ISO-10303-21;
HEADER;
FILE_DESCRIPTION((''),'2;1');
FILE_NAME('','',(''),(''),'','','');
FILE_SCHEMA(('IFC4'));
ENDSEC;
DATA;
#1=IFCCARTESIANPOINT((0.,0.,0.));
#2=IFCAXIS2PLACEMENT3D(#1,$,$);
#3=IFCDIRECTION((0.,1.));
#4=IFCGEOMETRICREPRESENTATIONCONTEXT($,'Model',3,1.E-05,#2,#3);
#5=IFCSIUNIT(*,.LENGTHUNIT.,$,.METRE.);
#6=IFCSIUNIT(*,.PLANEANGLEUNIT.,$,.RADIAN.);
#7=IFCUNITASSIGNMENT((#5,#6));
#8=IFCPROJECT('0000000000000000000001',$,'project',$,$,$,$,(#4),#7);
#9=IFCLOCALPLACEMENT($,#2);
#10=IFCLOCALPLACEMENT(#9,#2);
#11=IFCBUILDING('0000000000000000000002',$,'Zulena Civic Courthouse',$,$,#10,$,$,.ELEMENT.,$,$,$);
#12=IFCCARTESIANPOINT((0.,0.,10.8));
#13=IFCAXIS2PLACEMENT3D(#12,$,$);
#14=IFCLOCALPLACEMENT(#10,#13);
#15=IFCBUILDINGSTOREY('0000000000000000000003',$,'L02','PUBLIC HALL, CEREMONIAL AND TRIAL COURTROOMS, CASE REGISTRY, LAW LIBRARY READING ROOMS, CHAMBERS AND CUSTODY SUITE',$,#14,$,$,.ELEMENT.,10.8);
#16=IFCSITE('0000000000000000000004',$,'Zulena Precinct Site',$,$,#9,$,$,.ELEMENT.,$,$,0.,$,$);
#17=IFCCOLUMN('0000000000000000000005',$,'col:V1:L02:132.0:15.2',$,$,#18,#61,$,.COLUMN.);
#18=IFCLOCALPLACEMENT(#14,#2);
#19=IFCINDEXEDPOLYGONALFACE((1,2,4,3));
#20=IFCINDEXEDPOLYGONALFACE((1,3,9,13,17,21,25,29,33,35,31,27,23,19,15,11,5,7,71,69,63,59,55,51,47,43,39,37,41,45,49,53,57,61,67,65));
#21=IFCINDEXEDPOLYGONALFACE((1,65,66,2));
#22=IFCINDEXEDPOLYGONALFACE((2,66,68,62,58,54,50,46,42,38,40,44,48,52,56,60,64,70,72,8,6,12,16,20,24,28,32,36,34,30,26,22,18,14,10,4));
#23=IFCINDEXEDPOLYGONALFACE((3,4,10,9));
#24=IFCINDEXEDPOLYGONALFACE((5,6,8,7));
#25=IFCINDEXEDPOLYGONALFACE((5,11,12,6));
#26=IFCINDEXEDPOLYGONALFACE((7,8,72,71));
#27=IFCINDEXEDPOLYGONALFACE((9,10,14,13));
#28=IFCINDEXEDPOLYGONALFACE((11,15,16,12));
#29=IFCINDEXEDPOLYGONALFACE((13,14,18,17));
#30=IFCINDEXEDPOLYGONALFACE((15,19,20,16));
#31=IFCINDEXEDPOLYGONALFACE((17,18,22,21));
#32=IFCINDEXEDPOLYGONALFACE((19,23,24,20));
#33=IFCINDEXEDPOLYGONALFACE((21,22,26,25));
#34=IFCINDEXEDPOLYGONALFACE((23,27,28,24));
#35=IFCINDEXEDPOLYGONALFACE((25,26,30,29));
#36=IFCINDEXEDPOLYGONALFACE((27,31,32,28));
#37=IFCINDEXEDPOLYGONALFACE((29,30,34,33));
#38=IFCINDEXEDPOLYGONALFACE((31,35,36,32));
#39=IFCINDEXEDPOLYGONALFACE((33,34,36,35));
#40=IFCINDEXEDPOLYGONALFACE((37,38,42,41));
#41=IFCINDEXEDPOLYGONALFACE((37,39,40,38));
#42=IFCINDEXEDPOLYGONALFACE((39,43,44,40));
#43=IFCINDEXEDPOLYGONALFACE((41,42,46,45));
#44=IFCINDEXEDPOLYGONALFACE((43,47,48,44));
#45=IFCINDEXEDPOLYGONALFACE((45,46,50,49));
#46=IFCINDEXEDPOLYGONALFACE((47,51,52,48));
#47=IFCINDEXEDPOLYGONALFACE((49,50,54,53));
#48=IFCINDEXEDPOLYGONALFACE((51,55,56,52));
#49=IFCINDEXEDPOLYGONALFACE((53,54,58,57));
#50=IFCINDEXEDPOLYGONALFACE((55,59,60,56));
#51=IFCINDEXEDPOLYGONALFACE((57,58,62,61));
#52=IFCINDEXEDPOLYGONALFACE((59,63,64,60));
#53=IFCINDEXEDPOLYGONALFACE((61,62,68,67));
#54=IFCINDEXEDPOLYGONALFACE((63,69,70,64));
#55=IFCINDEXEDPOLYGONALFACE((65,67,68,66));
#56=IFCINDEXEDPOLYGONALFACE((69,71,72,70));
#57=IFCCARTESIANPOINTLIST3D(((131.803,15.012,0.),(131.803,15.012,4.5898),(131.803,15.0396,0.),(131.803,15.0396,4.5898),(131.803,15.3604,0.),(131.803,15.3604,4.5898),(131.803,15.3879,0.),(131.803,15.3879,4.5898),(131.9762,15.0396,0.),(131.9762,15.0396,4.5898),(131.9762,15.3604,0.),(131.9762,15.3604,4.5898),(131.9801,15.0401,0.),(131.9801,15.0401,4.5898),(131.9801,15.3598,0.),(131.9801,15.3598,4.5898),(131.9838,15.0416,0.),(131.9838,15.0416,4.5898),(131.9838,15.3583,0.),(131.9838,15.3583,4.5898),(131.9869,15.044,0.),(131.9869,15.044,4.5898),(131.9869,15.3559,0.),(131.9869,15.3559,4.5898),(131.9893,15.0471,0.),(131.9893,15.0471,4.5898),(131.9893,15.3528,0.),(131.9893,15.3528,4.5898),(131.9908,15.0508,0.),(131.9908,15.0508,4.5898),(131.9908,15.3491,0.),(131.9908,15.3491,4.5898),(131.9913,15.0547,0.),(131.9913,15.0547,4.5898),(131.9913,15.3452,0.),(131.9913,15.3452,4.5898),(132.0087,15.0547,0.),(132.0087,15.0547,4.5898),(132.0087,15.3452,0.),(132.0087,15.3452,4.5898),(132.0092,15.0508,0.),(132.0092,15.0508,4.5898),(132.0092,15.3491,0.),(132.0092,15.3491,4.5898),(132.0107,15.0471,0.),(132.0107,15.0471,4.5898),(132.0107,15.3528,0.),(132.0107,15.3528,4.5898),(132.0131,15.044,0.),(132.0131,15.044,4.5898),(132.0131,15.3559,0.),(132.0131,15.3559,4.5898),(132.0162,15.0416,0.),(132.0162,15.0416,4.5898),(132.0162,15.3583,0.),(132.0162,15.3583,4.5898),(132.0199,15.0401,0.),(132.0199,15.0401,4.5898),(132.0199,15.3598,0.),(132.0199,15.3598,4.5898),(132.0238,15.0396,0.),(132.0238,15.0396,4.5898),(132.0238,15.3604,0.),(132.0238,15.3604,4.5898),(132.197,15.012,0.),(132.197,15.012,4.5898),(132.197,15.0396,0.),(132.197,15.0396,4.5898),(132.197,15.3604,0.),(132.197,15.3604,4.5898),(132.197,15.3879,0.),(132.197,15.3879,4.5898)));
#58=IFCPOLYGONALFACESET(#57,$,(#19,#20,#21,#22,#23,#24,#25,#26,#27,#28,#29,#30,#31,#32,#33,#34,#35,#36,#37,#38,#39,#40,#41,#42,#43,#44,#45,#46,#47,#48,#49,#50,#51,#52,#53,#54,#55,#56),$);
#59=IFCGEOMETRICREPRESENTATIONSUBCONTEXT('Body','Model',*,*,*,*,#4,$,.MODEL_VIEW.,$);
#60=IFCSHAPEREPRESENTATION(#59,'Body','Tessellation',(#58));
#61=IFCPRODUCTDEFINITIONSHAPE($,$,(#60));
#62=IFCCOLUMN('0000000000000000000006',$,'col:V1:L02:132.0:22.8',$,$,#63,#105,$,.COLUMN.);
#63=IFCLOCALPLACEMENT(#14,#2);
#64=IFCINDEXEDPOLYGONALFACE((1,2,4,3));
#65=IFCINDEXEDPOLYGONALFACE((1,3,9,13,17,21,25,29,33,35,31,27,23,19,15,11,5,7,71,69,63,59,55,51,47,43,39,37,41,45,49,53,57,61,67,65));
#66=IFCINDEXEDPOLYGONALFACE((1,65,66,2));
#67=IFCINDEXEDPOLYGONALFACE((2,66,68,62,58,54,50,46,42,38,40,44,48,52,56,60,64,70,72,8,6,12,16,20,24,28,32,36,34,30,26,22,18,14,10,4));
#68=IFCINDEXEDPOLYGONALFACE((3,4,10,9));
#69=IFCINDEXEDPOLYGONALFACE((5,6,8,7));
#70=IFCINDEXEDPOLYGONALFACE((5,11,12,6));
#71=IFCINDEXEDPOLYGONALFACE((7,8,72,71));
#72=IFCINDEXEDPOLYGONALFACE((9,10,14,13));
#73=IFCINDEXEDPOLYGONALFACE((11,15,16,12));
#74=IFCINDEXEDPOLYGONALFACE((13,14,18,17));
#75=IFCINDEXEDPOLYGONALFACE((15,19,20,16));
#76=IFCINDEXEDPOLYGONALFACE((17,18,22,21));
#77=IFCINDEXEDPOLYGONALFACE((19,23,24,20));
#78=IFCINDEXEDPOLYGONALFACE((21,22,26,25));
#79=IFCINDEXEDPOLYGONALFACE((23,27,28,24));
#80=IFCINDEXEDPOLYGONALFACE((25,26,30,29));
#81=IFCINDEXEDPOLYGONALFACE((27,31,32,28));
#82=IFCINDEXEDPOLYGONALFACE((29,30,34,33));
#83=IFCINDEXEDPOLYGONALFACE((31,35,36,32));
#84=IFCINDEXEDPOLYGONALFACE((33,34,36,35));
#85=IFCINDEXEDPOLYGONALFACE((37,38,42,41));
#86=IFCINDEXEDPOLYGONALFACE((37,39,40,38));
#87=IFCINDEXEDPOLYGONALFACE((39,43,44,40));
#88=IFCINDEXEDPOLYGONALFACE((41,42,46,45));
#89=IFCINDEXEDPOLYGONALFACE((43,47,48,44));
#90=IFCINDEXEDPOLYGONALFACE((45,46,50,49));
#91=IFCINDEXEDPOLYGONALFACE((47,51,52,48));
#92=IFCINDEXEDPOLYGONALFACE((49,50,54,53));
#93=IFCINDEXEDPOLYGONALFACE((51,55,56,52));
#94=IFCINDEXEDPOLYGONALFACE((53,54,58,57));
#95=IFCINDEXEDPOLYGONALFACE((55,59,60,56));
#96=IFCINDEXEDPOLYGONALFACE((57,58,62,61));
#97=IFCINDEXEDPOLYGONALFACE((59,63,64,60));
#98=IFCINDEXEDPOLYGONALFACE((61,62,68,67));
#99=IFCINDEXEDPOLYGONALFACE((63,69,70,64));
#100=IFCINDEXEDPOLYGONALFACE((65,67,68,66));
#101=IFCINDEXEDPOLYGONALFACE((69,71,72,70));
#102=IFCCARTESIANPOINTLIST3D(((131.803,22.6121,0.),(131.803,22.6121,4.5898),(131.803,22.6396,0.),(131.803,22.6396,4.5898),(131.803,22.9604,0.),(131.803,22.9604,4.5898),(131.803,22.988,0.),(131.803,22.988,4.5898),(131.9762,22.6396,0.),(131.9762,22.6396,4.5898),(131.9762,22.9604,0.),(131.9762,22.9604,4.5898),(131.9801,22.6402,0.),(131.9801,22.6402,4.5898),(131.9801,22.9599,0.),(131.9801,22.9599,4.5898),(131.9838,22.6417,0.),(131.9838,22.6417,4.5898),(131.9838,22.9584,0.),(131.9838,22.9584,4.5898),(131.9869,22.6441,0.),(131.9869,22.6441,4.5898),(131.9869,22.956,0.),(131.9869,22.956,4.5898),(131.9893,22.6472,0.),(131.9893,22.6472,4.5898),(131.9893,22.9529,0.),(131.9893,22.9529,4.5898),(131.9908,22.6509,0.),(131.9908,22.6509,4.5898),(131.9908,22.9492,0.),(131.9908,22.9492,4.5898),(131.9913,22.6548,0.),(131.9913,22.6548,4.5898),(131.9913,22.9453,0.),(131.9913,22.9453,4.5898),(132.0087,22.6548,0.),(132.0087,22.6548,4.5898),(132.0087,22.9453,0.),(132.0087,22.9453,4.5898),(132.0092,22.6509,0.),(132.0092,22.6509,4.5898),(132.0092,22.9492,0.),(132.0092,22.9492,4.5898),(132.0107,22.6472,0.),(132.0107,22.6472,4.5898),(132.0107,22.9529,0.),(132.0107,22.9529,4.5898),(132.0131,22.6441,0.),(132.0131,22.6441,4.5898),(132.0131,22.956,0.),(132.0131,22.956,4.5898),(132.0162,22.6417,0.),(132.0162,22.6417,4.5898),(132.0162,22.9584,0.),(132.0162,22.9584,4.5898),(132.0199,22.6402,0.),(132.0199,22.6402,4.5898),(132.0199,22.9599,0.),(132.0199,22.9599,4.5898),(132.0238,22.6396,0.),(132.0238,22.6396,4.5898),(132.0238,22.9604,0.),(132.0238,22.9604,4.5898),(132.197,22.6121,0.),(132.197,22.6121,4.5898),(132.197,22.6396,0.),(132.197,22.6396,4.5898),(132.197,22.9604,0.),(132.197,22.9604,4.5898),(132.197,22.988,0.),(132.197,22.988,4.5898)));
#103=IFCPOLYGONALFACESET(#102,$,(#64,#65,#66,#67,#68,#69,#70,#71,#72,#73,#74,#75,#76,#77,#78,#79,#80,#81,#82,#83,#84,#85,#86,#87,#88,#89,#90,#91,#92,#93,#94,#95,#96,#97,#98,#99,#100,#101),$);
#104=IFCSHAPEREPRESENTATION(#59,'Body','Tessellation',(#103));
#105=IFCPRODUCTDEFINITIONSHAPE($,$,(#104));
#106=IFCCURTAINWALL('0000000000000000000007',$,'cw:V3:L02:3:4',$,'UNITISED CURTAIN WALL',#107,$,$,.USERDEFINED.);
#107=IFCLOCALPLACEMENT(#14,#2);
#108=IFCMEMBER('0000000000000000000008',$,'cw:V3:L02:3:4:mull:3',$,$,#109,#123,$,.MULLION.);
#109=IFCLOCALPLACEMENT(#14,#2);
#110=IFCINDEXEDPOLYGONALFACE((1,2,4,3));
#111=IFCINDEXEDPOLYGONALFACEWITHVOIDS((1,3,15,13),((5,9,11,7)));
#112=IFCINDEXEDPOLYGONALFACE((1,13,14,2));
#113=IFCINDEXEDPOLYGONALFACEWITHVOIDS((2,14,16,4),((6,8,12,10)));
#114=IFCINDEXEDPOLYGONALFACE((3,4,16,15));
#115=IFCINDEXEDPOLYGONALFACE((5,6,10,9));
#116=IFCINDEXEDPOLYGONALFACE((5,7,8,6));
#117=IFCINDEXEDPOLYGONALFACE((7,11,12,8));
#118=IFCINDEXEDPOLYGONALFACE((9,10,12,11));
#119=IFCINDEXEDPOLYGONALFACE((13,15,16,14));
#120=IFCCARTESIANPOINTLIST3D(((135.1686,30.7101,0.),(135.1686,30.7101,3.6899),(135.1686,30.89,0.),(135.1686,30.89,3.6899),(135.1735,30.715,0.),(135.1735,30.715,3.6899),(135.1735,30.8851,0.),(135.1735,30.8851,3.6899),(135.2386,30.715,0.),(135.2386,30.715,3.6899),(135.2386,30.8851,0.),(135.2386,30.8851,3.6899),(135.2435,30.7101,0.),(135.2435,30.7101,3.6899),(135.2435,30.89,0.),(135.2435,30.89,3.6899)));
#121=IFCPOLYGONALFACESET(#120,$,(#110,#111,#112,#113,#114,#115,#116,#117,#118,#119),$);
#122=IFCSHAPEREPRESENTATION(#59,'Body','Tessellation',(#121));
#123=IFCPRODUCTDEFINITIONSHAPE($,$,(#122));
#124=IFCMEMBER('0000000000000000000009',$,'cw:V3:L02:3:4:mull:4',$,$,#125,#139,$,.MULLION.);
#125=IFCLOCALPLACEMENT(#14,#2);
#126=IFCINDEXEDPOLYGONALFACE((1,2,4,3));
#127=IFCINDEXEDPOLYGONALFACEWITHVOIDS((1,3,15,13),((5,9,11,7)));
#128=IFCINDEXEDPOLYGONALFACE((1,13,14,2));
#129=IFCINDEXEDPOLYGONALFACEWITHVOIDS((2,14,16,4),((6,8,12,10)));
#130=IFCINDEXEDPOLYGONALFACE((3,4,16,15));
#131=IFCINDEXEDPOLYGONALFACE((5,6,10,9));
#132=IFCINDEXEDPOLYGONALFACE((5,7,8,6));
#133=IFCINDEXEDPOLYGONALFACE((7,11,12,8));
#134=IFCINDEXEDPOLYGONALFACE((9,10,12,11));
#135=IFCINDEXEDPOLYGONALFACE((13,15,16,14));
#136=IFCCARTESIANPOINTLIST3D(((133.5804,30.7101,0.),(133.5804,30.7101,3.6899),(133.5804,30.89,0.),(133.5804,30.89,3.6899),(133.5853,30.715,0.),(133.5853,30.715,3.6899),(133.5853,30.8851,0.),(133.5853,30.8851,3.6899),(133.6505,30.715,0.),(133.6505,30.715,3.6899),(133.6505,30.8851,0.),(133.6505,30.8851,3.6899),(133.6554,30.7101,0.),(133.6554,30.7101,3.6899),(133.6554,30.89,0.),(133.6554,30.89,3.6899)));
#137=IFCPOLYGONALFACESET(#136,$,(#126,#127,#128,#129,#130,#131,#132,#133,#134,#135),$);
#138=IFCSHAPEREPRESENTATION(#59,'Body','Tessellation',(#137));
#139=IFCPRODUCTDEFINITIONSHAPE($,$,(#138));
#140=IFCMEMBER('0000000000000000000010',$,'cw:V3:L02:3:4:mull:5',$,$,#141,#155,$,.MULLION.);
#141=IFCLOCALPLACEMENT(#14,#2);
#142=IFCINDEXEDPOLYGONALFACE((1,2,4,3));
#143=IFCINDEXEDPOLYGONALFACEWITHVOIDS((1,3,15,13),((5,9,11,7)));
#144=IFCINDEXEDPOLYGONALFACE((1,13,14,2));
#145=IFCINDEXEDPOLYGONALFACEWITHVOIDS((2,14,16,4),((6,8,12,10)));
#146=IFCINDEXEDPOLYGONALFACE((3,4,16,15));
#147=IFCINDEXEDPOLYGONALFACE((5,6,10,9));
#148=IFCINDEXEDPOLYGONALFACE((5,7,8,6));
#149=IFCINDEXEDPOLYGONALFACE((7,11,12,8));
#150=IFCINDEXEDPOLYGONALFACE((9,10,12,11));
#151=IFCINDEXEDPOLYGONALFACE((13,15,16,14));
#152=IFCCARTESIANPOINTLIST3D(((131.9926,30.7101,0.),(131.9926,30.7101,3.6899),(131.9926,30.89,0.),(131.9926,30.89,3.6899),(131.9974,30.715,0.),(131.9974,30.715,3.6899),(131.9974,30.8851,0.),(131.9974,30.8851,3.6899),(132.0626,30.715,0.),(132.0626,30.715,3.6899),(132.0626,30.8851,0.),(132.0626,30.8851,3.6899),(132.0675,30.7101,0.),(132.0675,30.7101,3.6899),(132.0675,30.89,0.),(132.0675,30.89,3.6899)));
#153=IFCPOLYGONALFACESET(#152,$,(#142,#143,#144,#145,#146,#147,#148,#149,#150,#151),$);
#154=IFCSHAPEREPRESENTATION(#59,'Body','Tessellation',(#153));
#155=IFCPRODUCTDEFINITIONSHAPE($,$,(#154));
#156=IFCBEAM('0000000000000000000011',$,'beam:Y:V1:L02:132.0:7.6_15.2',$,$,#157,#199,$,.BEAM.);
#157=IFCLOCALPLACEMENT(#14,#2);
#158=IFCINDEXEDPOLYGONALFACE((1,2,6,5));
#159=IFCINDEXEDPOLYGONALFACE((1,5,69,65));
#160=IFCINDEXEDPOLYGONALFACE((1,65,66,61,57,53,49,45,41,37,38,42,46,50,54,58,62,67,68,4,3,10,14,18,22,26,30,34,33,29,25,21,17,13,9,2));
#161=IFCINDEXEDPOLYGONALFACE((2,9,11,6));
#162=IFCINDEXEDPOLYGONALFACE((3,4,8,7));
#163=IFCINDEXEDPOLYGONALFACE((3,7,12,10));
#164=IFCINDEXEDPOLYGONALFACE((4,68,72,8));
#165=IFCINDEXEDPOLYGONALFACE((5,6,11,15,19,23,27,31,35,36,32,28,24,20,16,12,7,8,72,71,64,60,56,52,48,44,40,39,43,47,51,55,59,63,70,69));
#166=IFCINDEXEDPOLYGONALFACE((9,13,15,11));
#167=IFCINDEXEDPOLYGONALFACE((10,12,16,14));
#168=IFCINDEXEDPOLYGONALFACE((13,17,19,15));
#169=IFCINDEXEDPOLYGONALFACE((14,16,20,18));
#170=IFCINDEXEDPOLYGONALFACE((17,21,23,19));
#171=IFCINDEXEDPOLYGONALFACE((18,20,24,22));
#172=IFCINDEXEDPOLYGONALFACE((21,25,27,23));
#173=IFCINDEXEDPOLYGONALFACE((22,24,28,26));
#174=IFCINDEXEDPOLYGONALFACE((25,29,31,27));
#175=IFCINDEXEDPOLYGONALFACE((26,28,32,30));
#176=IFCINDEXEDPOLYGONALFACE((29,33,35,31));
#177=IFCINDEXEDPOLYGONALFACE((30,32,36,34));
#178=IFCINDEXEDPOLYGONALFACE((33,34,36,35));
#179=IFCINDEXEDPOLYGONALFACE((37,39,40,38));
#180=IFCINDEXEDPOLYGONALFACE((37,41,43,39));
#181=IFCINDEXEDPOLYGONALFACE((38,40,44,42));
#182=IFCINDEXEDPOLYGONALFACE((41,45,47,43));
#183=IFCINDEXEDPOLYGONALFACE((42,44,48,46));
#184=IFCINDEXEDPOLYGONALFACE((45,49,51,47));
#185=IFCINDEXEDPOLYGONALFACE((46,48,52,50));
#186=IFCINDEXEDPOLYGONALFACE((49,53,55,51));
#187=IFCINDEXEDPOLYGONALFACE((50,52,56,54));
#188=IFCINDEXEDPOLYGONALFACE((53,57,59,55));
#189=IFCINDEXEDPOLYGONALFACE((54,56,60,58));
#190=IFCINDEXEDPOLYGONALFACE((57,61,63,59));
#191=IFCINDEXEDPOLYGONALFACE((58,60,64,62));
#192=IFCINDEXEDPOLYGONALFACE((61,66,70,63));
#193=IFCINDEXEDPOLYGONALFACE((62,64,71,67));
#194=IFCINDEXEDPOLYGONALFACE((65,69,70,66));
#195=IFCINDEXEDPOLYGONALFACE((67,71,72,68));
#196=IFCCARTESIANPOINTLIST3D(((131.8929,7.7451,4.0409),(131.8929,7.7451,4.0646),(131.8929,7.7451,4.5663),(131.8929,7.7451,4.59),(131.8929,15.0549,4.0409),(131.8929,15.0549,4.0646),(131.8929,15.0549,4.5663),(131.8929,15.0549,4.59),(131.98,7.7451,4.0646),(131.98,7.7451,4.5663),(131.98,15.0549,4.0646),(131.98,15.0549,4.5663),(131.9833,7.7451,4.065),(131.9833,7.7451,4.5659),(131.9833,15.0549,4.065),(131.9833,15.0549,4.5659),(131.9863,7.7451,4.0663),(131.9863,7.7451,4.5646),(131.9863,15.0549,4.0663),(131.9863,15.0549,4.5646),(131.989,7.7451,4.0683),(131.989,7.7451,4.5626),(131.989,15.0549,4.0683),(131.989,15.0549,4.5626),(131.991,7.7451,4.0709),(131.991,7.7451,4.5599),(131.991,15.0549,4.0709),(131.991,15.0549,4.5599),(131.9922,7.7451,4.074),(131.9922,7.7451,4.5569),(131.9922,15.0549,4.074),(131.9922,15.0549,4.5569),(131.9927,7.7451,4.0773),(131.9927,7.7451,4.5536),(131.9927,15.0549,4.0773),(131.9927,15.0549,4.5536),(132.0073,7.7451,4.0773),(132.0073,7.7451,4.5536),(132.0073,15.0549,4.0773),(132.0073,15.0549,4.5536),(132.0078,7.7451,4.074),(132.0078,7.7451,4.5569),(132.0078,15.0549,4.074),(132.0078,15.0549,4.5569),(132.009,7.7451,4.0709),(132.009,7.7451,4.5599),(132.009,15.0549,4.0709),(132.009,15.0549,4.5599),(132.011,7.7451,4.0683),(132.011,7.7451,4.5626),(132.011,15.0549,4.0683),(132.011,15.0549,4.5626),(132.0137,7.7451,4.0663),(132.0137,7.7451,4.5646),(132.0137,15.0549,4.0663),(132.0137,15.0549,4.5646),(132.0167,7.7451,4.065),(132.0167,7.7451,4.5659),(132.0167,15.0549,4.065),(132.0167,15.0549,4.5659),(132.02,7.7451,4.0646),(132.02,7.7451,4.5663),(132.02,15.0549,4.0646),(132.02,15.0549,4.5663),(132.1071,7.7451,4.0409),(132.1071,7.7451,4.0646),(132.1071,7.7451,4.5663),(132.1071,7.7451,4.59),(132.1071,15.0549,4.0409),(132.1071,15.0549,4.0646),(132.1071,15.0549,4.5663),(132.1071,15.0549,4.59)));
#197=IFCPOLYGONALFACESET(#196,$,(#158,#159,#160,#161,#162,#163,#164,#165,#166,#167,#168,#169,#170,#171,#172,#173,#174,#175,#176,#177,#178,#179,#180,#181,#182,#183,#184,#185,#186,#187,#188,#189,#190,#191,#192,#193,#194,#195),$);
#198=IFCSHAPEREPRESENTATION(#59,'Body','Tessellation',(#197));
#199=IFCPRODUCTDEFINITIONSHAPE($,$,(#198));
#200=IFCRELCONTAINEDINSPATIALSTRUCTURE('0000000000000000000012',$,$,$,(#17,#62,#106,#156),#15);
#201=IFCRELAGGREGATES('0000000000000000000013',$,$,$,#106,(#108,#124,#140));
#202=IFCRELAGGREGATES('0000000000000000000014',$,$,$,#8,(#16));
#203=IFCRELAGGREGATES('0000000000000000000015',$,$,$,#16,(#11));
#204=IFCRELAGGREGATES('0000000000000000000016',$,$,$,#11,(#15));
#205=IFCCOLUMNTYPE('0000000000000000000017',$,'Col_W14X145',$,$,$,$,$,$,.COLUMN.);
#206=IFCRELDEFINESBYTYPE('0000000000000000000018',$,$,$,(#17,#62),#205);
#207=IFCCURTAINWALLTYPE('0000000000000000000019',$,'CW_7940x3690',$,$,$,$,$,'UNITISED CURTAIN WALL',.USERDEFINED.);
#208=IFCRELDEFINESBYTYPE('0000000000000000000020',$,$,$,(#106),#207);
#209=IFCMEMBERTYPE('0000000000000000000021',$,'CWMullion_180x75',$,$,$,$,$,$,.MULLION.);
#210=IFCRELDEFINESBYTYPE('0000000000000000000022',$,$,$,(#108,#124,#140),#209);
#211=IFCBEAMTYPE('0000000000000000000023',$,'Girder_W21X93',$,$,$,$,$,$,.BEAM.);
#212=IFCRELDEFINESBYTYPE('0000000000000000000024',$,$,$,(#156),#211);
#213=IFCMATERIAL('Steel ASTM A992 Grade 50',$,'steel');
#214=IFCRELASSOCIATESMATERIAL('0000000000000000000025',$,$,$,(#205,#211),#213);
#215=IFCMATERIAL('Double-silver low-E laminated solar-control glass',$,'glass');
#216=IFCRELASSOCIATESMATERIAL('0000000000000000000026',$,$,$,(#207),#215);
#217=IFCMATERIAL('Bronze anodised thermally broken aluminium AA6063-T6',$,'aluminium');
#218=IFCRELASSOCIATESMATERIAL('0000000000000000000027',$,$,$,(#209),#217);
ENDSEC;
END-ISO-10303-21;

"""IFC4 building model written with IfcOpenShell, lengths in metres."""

from ifc_helpers import new_model, si_unit, direction, frame, origin, origin_2d, place, context, subcontext, project, spatial, hollow_rectangle, i_section, extrude, material, material_profile, profile_set, type_object, element, aggregate, save


model = new_model("IFC4")

# Units and contexts
model_context = context("Model", 3, precision=1e-05, world=origin(), true_north=direction((0.0, 1.0)))
body_context = subcontext(model_context, "Body", "Model", "MODEL_VIEW")
ifc_project = project(units=[si_unit("LENGTHUNIT", "METRE"), si_unit("PLANEANGLEUNIT", "RADIAN")], contexts=[model_context])

# Site, building, storey
site_placement = place(None, origin())
site = spatial("IfcSite", under=ifc_project, at=site_placement, Name="Zulena Precinct Site", CompositionType="ELEMENT", RefElevation=0.0)
building_placement = place(site_placement, origin())
building = spatial("IfcBuilding", under=site, at=building_placement, Name="Zulena Civic Courthouse", CompositionType="ELEMENT")
storey_placement = place(building_placement, frame((0.0, 0.0, 10.8)))
storey = spatial("IfcBuildingStorey", under=building, at=storey_placement, Name="L02", Description="PUBLIC HALL, CEREMONIAL AND TRIAL COURTROOMS, CASE REGISTRY, LAW LIBRARY READING ROOMS, CHAMBERS AND CUSTODY SUITE", CompositionType="ELEMENT", Elevation=10.8)

# Columns
ifc_material_1 = material(Name="Steel ASTM A992 Grade 50", Category="steel")
ifc_material_profile_1 = material_profile(ifc_material_1, i_section(OverallWidth=0.394, OverallDepth=0.376, WebThickness=0.0173, FlangeThickness=0.0276, FilletRadius=0.0151, at=origin_2d()), Name="W14X145")
ifc_profile_set_1 = profile_set([ifc_material_profile_1], Name="Steel ASTM A992 Grade 50")
column_type_1 = type_object("IfcColumnType", Name="Col_W14X145", PredefinedType="COLUMN", material=ifc_profile_set_1)
for number, where, z_axis, x_axis, name in (
    (1, (132.0, 15.2, 0.0), (0.0, 0.0, 1.0), (1.0, 0.0, 0.0), "col:V1:L02:132.0:15.2"),
    (2, (132.0, 22.8, 0.0), (0.0, 0.0, 1.0), (1.0, 0.0, 0.0), "col:V1:L02:132.0:22.8"),
):
    element("IfcColumn", number, at=place(storey_placement, frame(where, z_axis=z_axis, x_axis=x_axis)), inside=storey, type_object=column_type_1, Name=name, PredefinedType="COLUMN", context=body_context, shape_type="SweptSolid", body=[
        extrude(i_section(OverallWidth=0.394, OverallDepth=0.376, WebThickness=0.0173, FlangeThickness=0.0276, FilletRadius=0.0151, at=origin_2d()), origin(), (0.0, 0.0, 1.0), 4.5898),
    ])

# Curtain wall, members
ifc_material_2 = material(Name="Double-silver low-E laminated solar-control glass", Category="glass")
curtain_wall_type = type_object("IfcCurtainWallType", Name="CW_7940x3690", ElementType="UNITISED CURTAIN WALL", PredefinedType="USERDEFINED", material=ifc_material_2)
curtain_wall_placement = place(storey_placement, origin())
curtain_wall = element("IfcCurtainWall", 3, at=curtain_wall_placement, inside=storey, type_object=curtain_wall_type, Name="cw:V3:L02:3:4", ObjectType="UNITISED CURTAIN WALL", PredefinedType="USERDEFINED")
ifc_material_3 = material(Name="Bronze anodised thermally broken aluminium AA6063-T6", Category="aluminium")
ifc_material_profile_2 = material_profile(ifc_material_3, hollow_rectangle(XDim=0.075, YDim=0.1799, WallThickness=0.0049, at=origin_2d()), Name="CWM180X75X5")
ifc_profile_set_2 = profile_set([ifc_material_profile_2], Name="Bronze anodised thermally broken aluminium AA6063-T6")
member_type = type_object("IfcMemberType", Name="CWMullion_180x75", PredefinedType="MULLION", material=ifc_profile_set_2)
member_1_placement = place(storey_placement, frame((135.2061, 30.8, 0.0), z_axis=(0.0, 0.0, 1.0), x_axis=(1.0, 0.0, 0.0)))
member_1 = element("IfcMember", 4, at=member_1_placement, type_object=member_type, Name="cw:V3:L02:3:4:mull:3", PredefinedType="MULLION", context=body_context, shape_type="SweptSolid", body=[
    extrude(hollow_rectangle(XDim=0.075, YDim=0.1799, WallThickness=0.0049, at=origin_2d()), origin(), (0.0, 0.0, 1.0), 3.6899),
])
member_2_placement = place(storey_placement, frame((133.6179, 30.8, 0.0), z_axis=(0.0, 0.0, 1.0), x_axis=(1.0, 0.0, 0.0)))
member_2 = element("IfcMember", 5, at=member_2_placement, type_object=member_type, Name="cw:V3:L02:3:4:mull:4", PredefinedType="MULLION", context=body_context, shape_type="SweptSolid", body=[
    extrude(hollow_rectangle(XDim=0.075, YDim=0.1799, WallThickness=0.0049, at=origin_2d()), origin(), (0.0, 0.0, 1.0), 3.6899),
])
member_3_placement = place(storey_placement, frame((132.03, 30.8, 0.0), z_axis=(0.0, 0.0, 1.0), x_axis=(1.0, 0.0, 0.0)))
member_3 = element("IfcMember", 6, at=member_3_placement, type_object=member_type, Name="cw:V3:L02:3:4:mull:5", PredefinedType="MULLION", context=body_context, shape_type="SweptSolid", body=[
    extrude(hollow_rectangle(XDim=0.075, YDim=0.1799, WallThickness=0.0049, at=origin_2d()), origin(), (0.0, 0.0, 1.0), 3.6899),
])

# Beam
ifc_material_profile_3 = material_profile(ifc_material_1, i_section(OverallWidth=0.2141, OverallDepth=0.5491, WebThickness=0.0146, FlangeThickness=0.0237, FilletRadius=0.0127, at=origin_2d()), Name="W21X93")
ifc_profile_set_3 = profile_set([ifc_material_profile_3], Name="Steel ASTM A992 Grade 50")
beam_type_1 = type_object("IfcBeamType", Name="Girder_W21X93", PredefinedType="BEAM", material=ifc_profile_set_3)
beam_1_placement = place(storey_placement, frame((132.0, 7.7451, 4.3154), z_axis=(0.0, 1.0, 0.0), x_axis=(-1.0, 0.0, 0.0)))
element("IfcBeam", 7, at=beam_1_placement, inside=storey, type_object=beam_type_1, Name="beam:Y:V1:L02:132.0:7.6_15.2", PredefinedType="BEAM", context=body_context, shape_type="SweptSolid", body=[
    extrude(i_section(OverallWidth=0.2141, OverallDepth=0.5491, WebThickness=0.0146, FlangeThickness=0.0237, FilletRadius=0.0127, at=origin_2d()), origin(), (0.0, 0.0, 1.0), 7.3098),
])

aggregate(curtain_wall, [member_1, member_2, member_3])

save(model, "model.ifc")
